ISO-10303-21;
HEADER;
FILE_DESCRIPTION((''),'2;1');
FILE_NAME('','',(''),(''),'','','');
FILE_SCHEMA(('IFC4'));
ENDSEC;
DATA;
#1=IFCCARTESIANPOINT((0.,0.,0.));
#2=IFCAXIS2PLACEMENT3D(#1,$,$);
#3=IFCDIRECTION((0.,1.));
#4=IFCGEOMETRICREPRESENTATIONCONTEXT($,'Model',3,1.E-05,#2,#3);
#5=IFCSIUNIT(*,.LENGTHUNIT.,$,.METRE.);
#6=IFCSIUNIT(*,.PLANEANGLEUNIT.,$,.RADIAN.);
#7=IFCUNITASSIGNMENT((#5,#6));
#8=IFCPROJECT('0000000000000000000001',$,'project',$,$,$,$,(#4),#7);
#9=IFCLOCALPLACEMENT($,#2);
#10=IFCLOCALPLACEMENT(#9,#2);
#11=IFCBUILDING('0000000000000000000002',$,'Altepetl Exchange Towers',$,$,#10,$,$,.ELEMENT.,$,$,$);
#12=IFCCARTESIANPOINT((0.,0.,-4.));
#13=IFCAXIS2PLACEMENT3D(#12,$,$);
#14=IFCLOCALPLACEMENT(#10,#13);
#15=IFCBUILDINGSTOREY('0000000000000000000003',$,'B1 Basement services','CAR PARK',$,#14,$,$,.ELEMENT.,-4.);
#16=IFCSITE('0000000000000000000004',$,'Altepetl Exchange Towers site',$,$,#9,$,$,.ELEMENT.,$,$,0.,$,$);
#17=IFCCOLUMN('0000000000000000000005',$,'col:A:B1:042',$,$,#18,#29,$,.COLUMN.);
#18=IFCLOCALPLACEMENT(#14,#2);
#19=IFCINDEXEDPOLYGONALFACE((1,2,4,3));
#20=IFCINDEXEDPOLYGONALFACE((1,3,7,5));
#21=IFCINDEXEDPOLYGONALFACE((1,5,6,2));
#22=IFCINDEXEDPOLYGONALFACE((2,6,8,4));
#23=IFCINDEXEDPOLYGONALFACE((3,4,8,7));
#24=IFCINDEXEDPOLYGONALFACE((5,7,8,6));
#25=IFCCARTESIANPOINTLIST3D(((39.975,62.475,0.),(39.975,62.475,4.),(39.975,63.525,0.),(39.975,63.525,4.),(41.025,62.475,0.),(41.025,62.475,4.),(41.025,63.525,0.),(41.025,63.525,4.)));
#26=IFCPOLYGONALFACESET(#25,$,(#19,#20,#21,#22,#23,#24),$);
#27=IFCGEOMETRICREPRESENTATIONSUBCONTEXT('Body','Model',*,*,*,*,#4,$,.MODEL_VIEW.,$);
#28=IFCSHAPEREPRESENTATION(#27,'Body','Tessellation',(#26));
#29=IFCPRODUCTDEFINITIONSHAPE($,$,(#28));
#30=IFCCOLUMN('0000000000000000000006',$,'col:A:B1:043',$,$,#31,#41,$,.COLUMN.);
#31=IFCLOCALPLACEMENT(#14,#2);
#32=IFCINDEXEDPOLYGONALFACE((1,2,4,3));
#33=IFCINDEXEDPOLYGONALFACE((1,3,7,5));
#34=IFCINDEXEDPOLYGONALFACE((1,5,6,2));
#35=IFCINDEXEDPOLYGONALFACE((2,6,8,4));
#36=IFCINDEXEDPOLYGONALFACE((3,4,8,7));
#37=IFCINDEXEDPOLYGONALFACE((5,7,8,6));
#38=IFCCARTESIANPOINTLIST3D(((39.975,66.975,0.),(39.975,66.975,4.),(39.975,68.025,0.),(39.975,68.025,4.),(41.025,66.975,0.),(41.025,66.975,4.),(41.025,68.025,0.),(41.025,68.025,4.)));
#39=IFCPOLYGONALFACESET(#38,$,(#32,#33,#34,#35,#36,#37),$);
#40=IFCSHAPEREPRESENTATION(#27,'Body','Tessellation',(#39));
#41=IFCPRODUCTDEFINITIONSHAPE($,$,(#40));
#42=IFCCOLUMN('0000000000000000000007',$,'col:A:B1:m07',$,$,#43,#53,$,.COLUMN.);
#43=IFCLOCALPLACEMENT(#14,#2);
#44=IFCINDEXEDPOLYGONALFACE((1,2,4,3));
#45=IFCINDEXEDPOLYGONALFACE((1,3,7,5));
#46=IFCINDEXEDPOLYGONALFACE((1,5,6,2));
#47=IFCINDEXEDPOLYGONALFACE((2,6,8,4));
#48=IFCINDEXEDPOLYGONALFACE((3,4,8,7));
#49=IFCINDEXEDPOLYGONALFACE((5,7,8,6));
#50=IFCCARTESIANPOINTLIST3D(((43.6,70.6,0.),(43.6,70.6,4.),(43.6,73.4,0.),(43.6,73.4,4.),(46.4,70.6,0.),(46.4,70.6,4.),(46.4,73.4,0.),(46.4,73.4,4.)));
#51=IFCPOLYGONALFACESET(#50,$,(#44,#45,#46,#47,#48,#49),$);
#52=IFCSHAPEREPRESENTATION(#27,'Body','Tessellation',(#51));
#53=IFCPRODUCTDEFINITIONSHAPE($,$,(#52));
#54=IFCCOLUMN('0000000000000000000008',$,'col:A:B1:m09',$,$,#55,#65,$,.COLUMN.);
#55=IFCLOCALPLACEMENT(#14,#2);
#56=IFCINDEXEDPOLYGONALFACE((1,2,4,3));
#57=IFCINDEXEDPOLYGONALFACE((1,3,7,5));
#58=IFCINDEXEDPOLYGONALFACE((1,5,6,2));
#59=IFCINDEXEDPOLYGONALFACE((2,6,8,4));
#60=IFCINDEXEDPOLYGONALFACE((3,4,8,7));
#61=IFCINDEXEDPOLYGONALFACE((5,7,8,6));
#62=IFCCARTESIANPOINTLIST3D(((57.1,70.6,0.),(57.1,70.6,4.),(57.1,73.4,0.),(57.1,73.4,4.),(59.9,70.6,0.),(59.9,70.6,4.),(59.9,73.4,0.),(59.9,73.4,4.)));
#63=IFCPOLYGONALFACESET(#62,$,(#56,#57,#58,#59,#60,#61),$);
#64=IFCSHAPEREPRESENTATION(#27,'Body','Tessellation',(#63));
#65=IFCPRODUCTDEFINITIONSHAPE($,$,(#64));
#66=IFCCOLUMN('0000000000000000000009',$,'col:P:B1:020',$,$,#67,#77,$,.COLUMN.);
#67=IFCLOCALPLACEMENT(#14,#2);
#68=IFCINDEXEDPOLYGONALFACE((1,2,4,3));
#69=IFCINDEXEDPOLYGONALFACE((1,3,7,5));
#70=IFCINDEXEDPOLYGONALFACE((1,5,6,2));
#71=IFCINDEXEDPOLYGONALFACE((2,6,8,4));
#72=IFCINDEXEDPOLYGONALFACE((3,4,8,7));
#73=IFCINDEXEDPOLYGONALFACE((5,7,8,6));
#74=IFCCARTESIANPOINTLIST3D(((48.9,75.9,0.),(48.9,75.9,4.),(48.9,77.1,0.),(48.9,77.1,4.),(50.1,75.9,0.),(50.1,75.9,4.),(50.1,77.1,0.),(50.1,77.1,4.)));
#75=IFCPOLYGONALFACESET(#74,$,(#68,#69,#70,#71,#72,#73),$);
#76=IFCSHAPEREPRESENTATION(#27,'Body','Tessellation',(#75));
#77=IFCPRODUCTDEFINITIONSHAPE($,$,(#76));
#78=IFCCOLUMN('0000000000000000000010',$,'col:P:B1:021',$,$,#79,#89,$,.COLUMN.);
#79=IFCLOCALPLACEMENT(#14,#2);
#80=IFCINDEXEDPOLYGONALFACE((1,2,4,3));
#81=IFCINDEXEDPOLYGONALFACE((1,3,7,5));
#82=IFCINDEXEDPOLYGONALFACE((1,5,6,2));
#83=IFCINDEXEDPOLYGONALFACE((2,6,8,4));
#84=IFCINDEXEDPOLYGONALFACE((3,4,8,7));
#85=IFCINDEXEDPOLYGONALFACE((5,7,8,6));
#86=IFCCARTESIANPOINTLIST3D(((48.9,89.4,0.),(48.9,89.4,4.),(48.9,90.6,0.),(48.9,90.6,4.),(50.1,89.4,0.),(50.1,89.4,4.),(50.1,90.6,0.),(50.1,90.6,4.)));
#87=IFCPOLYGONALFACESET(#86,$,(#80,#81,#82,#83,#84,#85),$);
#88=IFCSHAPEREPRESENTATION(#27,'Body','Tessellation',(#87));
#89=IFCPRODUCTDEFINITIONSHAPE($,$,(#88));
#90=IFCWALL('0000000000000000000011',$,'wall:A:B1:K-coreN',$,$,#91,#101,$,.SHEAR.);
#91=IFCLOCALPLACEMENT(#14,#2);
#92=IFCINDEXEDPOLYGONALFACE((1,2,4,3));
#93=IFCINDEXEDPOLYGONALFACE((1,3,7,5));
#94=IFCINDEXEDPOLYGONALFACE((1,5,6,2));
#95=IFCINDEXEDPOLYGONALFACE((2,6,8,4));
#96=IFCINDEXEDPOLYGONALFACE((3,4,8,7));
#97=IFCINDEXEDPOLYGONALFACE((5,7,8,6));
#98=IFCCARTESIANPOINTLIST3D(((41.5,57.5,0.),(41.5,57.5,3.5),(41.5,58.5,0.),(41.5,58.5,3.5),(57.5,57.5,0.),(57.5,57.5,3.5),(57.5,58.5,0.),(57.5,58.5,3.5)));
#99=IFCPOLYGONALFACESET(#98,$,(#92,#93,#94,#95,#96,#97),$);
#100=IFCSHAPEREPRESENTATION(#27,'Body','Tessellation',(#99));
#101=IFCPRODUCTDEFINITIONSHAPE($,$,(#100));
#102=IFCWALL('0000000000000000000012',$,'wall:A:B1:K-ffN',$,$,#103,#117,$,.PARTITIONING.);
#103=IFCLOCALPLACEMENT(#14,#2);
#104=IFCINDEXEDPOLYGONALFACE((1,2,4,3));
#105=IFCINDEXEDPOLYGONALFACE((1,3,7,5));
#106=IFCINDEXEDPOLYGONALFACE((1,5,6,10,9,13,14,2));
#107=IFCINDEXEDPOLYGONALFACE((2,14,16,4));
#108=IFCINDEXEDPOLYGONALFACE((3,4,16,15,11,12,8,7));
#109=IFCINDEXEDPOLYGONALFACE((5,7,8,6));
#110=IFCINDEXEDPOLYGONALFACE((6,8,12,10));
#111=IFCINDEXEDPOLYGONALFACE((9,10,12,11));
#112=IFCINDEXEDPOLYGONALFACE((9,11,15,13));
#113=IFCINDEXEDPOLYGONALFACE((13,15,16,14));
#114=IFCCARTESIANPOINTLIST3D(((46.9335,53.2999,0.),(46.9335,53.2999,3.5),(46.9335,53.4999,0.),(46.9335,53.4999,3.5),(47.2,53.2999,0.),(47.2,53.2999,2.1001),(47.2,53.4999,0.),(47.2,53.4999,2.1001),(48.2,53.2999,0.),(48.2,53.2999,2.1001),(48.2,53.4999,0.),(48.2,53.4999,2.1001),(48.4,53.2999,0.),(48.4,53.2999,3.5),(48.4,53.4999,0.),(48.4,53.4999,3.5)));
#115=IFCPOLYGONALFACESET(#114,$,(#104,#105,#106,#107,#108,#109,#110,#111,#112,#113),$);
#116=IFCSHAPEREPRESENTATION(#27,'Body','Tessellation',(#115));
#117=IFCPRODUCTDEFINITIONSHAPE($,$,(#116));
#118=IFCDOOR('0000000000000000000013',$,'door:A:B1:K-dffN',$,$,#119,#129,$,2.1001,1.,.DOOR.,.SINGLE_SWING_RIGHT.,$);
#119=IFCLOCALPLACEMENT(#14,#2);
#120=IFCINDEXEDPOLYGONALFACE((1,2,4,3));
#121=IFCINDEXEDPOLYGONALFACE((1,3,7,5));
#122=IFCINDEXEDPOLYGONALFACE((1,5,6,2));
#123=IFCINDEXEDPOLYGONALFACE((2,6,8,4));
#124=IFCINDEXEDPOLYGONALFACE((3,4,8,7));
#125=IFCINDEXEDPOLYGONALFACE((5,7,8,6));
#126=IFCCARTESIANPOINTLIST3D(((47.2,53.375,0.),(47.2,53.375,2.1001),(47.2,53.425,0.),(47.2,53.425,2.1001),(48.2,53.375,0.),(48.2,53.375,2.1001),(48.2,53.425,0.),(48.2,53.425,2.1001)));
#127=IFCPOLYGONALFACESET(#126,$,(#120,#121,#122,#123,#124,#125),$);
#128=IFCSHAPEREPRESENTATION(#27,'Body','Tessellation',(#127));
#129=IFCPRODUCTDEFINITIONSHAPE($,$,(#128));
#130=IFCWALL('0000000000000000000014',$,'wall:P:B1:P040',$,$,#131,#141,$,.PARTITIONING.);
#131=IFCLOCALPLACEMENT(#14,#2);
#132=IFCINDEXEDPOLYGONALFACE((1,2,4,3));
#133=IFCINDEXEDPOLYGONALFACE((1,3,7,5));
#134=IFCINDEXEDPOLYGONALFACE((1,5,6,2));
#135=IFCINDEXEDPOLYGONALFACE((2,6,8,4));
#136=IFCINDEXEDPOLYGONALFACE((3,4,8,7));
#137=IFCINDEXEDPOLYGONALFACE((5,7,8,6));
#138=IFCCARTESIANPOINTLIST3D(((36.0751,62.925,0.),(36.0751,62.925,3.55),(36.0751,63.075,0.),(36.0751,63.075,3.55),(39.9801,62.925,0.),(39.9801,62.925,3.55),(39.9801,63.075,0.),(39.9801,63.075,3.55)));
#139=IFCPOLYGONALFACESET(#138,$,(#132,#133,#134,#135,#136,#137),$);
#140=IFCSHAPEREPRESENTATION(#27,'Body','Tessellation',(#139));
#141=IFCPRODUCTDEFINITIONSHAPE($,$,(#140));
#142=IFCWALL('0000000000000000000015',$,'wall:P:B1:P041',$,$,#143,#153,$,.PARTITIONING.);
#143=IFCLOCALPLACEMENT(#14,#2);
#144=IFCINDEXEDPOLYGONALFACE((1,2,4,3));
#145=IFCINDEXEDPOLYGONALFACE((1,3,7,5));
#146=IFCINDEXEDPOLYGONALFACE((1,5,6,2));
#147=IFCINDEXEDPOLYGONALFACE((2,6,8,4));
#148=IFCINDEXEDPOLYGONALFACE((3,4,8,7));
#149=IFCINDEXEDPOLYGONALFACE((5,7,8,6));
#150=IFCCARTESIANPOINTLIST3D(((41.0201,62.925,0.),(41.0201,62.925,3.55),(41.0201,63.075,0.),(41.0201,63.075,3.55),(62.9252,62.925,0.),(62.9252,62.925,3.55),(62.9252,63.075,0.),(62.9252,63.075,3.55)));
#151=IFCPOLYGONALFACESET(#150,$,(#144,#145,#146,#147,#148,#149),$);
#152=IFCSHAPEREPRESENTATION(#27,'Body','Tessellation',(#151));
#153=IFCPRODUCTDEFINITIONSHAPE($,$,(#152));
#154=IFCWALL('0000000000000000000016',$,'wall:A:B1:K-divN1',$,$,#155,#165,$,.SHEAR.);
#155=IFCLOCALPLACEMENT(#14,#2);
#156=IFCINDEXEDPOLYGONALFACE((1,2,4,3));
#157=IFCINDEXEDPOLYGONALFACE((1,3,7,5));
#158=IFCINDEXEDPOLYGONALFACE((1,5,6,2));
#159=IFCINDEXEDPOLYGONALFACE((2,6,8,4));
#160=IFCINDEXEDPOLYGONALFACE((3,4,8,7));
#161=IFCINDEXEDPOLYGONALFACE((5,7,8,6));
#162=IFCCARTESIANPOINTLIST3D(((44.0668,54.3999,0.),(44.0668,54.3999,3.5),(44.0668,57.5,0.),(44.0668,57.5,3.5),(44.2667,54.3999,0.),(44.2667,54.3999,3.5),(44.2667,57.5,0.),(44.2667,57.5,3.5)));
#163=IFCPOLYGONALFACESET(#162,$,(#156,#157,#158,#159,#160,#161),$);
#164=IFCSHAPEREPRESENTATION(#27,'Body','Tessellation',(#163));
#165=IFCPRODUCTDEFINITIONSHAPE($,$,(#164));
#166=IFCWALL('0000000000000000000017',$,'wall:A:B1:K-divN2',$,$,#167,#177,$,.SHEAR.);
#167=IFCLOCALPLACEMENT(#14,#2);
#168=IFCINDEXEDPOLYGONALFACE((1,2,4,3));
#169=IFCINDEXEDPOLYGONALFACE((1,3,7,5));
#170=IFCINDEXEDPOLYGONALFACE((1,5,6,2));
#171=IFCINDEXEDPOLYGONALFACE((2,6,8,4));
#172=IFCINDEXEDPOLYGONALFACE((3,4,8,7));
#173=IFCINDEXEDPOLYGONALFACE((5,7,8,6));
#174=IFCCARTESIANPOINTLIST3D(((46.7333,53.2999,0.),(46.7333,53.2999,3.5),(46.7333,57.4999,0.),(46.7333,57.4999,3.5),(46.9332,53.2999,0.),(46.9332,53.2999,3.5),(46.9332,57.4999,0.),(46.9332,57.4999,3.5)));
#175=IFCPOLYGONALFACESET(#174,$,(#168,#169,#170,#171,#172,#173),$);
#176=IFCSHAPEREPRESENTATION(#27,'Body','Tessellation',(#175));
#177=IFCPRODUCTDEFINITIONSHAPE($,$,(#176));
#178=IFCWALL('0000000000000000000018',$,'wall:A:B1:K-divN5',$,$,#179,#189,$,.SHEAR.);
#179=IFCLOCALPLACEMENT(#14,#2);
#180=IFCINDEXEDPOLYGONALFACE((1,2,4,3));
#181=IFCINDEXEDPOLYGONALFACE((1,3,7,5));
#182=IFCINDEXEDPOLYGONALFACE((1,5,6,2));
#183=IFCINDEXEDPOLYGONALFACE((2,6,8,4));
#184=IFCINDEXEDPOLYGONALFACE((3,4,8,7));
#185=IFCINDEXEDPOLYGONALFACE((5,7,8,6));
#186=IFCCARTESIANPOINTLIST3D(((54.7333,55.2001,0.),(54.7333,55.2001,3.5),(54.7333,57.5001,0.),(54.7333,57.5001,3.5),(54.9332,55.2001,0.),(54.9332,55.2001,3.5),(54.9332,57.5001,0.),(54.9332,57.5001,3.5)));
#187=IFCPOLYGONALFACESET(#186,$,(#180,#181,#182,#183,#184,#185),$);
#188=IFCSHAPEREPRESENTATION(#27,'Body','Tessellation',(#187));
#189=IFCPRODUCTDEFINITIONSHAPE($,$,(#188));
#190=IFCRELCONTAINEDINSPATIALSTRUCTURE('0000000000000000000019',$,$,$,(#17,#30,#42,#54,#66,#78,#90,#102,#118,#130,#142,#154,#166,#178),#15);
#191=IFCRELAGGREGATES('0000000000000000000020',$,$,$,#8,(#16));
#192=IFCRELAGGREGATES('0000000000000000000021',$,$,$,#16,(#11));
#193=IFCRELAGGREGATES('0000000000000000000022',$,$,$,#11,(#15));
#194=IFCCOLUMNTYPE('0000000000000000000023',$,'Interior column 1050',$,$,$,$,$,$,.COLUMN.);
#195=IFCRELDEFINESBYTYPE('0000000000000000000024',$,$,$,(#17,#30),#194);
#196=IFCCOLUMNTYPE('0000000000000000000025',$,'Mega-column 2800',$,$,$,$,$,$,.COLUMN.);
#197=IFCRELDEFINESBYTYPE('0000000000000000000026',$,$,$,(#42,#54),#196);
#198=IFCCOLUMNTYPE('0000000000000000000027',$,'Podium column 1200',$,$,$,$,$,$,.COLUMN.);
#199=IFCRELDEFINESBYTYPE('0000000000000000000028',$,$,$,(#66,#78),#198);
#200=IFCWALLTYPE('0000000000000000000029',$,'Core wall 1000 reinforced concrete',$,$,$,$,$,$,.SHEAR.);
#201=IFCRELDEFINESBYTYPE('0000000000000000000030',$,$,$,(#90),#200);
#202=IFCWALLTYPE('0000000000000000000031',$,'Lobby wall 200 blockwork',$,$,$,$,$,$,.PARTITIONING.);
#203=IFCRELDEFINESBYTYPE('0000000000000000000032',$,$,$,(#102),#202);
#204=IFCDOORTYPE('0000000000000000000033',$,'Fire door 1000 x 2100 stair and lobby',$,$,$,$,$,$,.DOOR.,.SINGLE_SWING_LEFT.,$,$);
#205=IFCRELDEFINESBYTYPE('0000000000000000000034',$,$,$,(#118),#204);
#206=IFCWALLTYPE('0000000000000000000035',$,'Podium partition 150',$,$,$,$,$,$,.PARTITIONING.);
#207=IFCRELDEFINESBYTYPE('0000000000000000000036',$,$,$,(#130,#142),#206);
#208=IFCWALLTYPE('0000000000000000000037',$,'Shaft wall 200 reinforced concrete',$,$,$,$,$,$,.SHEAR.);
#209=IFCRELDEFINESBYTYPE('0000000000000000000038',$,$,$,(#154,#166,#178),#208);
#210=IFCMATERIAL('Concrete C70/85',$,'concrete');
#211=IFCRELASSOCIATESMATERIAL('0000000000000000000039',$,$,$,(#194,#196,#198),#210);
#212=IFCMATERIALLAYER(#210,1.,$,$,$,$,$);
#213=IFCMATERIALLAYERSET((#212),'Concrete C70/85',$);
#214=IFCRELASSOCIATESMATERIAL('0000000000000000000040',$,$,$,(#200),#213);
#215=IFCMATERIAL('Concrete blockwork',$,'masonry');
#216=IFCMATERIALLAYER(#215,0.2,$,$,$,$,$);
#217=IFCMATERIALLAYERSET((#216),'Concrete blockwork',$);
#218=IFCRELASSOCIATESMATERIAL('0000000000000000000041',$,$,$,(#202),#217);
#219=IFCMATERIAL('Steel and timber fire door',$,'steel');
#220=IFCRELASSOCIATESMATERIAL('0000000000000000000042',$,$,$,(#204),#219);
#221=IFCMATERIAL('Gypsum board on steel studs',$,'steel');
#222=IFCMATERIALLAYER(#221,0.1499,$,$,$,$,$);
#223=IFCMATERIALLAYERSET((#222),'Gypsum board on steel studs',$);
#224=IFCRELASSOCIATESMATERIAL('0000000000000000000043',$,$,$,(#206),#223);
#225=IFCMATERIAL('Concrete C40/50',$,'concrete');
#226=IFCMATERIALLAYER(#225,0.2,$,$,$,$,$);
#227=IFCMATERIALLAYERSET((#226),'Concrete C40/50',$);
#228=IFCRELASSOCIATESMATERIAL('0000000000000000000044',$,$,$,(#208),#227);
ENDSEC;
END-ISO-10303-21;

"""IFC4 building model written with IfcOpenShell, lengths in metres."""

from ifc_helpers import new_model, si_unit, direction, frame, frame_2d, origin, origin_2d, place, context, subcontext, project, spatial, rectangle, extrude, material, layer, layer_set, material_profile, profile_set, type_object, element, fill, save


model = new_model("IFC4")

# Units and contexts
model_context = context("Model", 3, precision=1e-05, world=origin(), true_north=direction((0.0, 1.0)))
body_context = subcontext(model_context, "Body", "Model", "MODEL_VIEW")
ifc_project = project(units=[si_unit("LENGTHUNIT", "METRE"), si_unit("PLANEANGLEUNIT", "RADIAN")], contexts=[model_context])

# Site, building, storey
site_placement = place(None, origin())
site = spatial("IfcSite", under=ifc_project, at=site_placement, Name="Altepetl Exchange Towers site", CompositionType="ELEMENT", RefElevation=0.0)
building_placement = place(site_placement, origin())
building = spatial("IfcBuilding", under=site, at=building_placement, Name="Altepetl Exchange Towers", CompositionType="ELEMENT")
storey_placement = place(building_placement, frame((0.0, 0.0, -4.0)))
storey = spatial("IfcBuildingStorey", under=building, at=storey_placement, Name="B1 Basement services", Description="CAR PARK", CompositionType="ELEMENT", Elevation=-4.0)

# Columns
ifc_material_1 = material(Name="Concrete C70/85", Category="concrete")
ifc_material_profile_1 = material_profile(ifc_material_1, rectangle(XDim=1.05, YDim=1.05, at=origin_2d()), Name="1050 x 1050")
ifc_profile_set_1 = profile_set([ifc_material_profile_1], Name="Concrete C70/85")
column_type_1 = type_object("IfcColumnType", Name="Interior column 1050", PredefinedType="COLUMN", material=ifc_profile_set_1)
for number, where, name in (
    (1, (40.5, 63.0, 0.0), "col:A:B1:042"),
    (2, (40.5, 67.5, 0.0), "col:A:B1:043"),
):
    element("IfcColumn", number, at=place(storey_placement, frame(where)), inside=storey, type_object=column_type_1, Name=name, PredefinedType="COLUMN", context=body_context, shape_type="SweptSolid", body=[
        extrude(rectangle(XDim=1.05, YDim=1.05, at=origin_2d()), origin(), (0.0, 0.0, 1.0), 4.0),
    ])
ifc_material_profile_2 = material_profile(ifc_material_1, rectangle(XDim=2.8, YDim=2.8, at=origin_2d()), Name="2800 x 2800")
ifc_profile_set_2 = profile_set([ifc_material_profile_2], Name="Concrete C70/85")
column_type_2 = type_object("IfcColumnType", Name="Mega-column 2800", PredefinedType="COLUMN", material=ifc_profile_set_2)
for number, where, name in (
    (3, (45.0, 72.0, 0.0), "col:A:B1:m07"),
    (4, (58.5, 72.0, 0.0), "col:A:B1:m09"),
):
    element("IfcColumn", number, at=place(storey_placement, frame(where)), inside=storey, type_object=column_type_2, Name=name, PredefinedType="COLUMN", context=body_context, shape_type="SweptSolid", body=[
        extrude(rectangle(XDim=2.8, YDim=2.8, at=origin_2d()), origin(), (0.0, 0.0, 1.0), 4.0),
    ])
ifc_material_profile_3 = material_profile(ifc_material_1, rectangle(XDim=1.2, YDim=1.2, at=origin_2d()), Name="1200 x 1200")
ifc_profile_set_3 = profile_set([ifc_material_profile_3], Name="Concrete C70/85")
column_type_3 = type_object("IfcColumnType", Name="Podium column 1200", PredefinedType="COLUMN", material=ifc_profile_set_3)
for number, where, name in (
    (5, (49.5, 76.5, 0.0), "col:P:B1:020"),
    (6, (49.5, 90.0, 0.0), "col:P:B1:021"),
):
    element("IfcColumn", number, at=place(storey_placement, frame(where)), inside=storey, type_object=column_type_3, Name=name, PredefinedType="COLUMN", context=body_context, shape_type="SweptSolid", body=[
        extrude(rectangle(XDim=1.2, YDim=1.2, at=origin_2d()), origin(), (0.0, 0.0, 1.0), 4.0),
    ])

# Wall
ifc_layer_1 = layer(ifc_material_1, 1.0)
ifc_layer_set_1 = layer_set([ifc_layer_1], Name="Concrete C70/85")
wall_type_1 = type_object("IfcWallType", Name="Core wall 1000 reinforced concrete", PredefinedType="SHEAR", material=ifc_layer_set_1)
wall_1_placement = place(storey_placement, frame((41.5, 58.0, 0.0)))
element("IfcWall", 7, at=wall_1_placement, inside=storey, type_object=wall_type_1, Name="wall:A:B1:K-coreN", PredefinedType="SHEAR", context=body_context, shape_type="SweptSolid", body=[
    extrude(rectangle(XDim=16.0, YDim=1.0, at=frame_2d((8.0, 0.0))), origin(), (0.0, 0.0, 1.0), 3.5),
])

# Wall, opening, door
ifc_material_2 = material(Name="Concrete blockwork", Category="masonry")
ifc_layer_2 = layer(ifc_material_2, 0.2)
ifc_layer_set_2 = layer_set([ifc_layer_2], Name="Concrete blockwork")
wall_type_2 = type_object("IfcWallType", Name="Lobby wall 200 blockwork", PredefinedType="PARTITIONING", material=ifc_layer_set_2)
wall_2_placement = place(storey_placement, frame((46.9333, 53.3999, 0.0)))
wall_2 = element("IfcWall", 8, at=wall_2_placement, inside=storey, type_object=wall_type_2, Name="wall:A:B1:K-ffN", PredefinedType="PARTITIONING", context=body_context, shape_type="SweptSolid", body=[
    extrude(rectangle(XDim=1.4666, YDim=0.2, at=frame_2d((0.7334, 0.0))), origin(), (0.0, 0.0, 1.0), 3.5),
])
opening_1_placement = place(wall_2_placement, frame((0.2666, 0.0, 0.0)))
opening_1 = element("IfcOpeningElement", 9, at=opening_1_placement, cuts=wall_2, PredefinedType="OPENING", context=body_context, shape_type="SweptSolid", body=[
    extrude(rectangle(XDim=1.0, YDim=2.1001, at=frame_2d((0.5, 1.05))), frame((0.0, 0.1099, 0.0), z_axis=(0.0, -1.0, 0.0), x_axis=(1.0, 0.0, 0.0)), (0.0, 0.0, 1.0), 0.22),
])
ifc_material_3 = material(Name="Steel and timber fire door", Category="steel")
door_type_1 = type_object("IfcDoorType", Name="Fire door 1000 x 2100 stair and lobby", OperationType="SINGLE_SWING_LEFT", PredefinedType="DOOR", material=ifc_material_3)
door_1_placement = place(opening_1_placement, frame((1.0, 0.0, 0.0), x_axis=(-1.0, 0.0, 0.0)))
door_1 = element("IfcDoor", 10, at=door_1_placement, inside=storey, type_object=door_type_1, Name="door:A:B1:K-dffN", OperationType="SINGLE_SWING_RIGHT", OverallHeight=2.1001, OverallWidth=1.0, PredefinedType="DOOR", context=body_context, shape_type="SweptSolid", body=[
    extrude(rectangle(XDim=1.0, YDim=2.1001, at=frame_2d((0.5, 1.05))), frame((0.0, 0.0249, 0.0), z_axis=(0.0, -1.0, 0.0), x_axis=(1.0, 0.0, 0.0)), (0.0, 0.0, 1.0), 0.05),
])
fill(opening_1, door_1)

# Walls
ifc_material_4 = material(Name="Gypsum board on steel studs", Category="steel")
ifc_layer_3 = layer(ifc_material_4, 0.1499)
ifc_layer_set_3 = layer_set([ifc_layer_3], Name="Gypsum board on steel studs")
wall_type_3 = type_object("IfcWallType", Name="Podium partition 150", PredefinedType="PARTITIONING", material=ifc_layer_set_3)
wall_3_placement = place(storey_placement, frame((36.075, 63.0, 0.0)))
element("IfcWall", 11, at=wall_3_placement, inside=storey, type_object=wall_type_3, Name="wall:P:B1:P040", PredefinedType="PARTITIONING", context=body_context, shape_type="SweptSolid", body=[
    extrude(rectangle(XDim=3.905, YDim=0.1499, at=frame_2d((1.9526, 0.0))), origin(), (0.0, 0.0, 1.0), 3.55),
])
wall_4_placement = place(storey_placement, frame((41.02, 63.0, 0.0)))
element("IfcWall", 12, at=wall_4_placement, inside=storey, type_object=wall_type_3, Name="wall:P:B1:P041", PredefinedType="PARTITIONING", context=body_context, shape_type="SweptSolid", body=[
    extrude(rectangle(XDim=21.905, YDim=0.1499, at=frame_2d((10.9526, 0.0))), origin(), (0.0, 0.0, 1.0), 3.55),
])
ifc_material_5 = material(Name="Concrete C40/50", Category="concrete")
ifc_layer_4 = layer(ifc_material_5, 0.2)
ifc_layer_set_4 = layer_set([ifc_layer_4], Name="Concrete C40/50")
wall_type_4 = type_object("IfcWallType", Name="Shaft wall 200 reinforced concrete", PredefinedType="SHEAR", material=ifc_layer_set_4)
wall_5_placement = place(storey_placement, frame((44.1667, 57.5, 0.0), z_axis=(0.0, 0.0, 1.0), x_axis=(0.0, -1.0, 0.0)))
element("IfcWall", 13, at=wall_5_placement, inside=storey, type_object=wall_type_4, Name="wall:A:B1:K-divN1", PredefinedType="SHEAR", context=body_context, shape_type="SweptSolid", body=[
    extrude(rectangle(XDim=3.1001, YDim=0.2, at=frame_2d((1.55, 0.0))), origin(), (0.0, 0.0, 1.0), 3.5),
])
wall_6_placement = place(storey_placement, frame((46.8333, 57.5, 0.0), z_axis=(0.0, 0.0, 1.0), x_axis=(0.0, -1.0, 0.0)))
element("IfcWall", 14, at=wall_6_placement, inside=storey, type_object=wall_type_4, Name="wall:A:B1:K-divN2", PredefinedType="SHEAR", context=body_context, shape_type="SweptSolid", body=[
    extrude(rectangle(XDim=4.2, YDim=0.2, at=frame_2d((2.1001, 0.0))), origin(), (0.0, 0.0, 1.0), 3.5),
])
wall_7_placement = place(storey_placement, frame((54.8333, 57.5, 0.0), z_axis=(0.0, 0.0, 1.0), x_axis=(0.0, -1.0, 0.0)))
element("IfcWall", 15, at=wall_7_placement, inside=storey, type_object=wall_type_4, Name="wall:A:B1:K-divN5", PredefinedType="SHEAR", context=body_context, shape_type="SweptSolid", body=[
    extrude(rectangle(XDim=2.3, YDim=0.2, at=frame_2d((1.1499, 0.0))), origin(), (0.0, 0.0, 1.0), 3.5),
])

save(model, "model.ifc")
